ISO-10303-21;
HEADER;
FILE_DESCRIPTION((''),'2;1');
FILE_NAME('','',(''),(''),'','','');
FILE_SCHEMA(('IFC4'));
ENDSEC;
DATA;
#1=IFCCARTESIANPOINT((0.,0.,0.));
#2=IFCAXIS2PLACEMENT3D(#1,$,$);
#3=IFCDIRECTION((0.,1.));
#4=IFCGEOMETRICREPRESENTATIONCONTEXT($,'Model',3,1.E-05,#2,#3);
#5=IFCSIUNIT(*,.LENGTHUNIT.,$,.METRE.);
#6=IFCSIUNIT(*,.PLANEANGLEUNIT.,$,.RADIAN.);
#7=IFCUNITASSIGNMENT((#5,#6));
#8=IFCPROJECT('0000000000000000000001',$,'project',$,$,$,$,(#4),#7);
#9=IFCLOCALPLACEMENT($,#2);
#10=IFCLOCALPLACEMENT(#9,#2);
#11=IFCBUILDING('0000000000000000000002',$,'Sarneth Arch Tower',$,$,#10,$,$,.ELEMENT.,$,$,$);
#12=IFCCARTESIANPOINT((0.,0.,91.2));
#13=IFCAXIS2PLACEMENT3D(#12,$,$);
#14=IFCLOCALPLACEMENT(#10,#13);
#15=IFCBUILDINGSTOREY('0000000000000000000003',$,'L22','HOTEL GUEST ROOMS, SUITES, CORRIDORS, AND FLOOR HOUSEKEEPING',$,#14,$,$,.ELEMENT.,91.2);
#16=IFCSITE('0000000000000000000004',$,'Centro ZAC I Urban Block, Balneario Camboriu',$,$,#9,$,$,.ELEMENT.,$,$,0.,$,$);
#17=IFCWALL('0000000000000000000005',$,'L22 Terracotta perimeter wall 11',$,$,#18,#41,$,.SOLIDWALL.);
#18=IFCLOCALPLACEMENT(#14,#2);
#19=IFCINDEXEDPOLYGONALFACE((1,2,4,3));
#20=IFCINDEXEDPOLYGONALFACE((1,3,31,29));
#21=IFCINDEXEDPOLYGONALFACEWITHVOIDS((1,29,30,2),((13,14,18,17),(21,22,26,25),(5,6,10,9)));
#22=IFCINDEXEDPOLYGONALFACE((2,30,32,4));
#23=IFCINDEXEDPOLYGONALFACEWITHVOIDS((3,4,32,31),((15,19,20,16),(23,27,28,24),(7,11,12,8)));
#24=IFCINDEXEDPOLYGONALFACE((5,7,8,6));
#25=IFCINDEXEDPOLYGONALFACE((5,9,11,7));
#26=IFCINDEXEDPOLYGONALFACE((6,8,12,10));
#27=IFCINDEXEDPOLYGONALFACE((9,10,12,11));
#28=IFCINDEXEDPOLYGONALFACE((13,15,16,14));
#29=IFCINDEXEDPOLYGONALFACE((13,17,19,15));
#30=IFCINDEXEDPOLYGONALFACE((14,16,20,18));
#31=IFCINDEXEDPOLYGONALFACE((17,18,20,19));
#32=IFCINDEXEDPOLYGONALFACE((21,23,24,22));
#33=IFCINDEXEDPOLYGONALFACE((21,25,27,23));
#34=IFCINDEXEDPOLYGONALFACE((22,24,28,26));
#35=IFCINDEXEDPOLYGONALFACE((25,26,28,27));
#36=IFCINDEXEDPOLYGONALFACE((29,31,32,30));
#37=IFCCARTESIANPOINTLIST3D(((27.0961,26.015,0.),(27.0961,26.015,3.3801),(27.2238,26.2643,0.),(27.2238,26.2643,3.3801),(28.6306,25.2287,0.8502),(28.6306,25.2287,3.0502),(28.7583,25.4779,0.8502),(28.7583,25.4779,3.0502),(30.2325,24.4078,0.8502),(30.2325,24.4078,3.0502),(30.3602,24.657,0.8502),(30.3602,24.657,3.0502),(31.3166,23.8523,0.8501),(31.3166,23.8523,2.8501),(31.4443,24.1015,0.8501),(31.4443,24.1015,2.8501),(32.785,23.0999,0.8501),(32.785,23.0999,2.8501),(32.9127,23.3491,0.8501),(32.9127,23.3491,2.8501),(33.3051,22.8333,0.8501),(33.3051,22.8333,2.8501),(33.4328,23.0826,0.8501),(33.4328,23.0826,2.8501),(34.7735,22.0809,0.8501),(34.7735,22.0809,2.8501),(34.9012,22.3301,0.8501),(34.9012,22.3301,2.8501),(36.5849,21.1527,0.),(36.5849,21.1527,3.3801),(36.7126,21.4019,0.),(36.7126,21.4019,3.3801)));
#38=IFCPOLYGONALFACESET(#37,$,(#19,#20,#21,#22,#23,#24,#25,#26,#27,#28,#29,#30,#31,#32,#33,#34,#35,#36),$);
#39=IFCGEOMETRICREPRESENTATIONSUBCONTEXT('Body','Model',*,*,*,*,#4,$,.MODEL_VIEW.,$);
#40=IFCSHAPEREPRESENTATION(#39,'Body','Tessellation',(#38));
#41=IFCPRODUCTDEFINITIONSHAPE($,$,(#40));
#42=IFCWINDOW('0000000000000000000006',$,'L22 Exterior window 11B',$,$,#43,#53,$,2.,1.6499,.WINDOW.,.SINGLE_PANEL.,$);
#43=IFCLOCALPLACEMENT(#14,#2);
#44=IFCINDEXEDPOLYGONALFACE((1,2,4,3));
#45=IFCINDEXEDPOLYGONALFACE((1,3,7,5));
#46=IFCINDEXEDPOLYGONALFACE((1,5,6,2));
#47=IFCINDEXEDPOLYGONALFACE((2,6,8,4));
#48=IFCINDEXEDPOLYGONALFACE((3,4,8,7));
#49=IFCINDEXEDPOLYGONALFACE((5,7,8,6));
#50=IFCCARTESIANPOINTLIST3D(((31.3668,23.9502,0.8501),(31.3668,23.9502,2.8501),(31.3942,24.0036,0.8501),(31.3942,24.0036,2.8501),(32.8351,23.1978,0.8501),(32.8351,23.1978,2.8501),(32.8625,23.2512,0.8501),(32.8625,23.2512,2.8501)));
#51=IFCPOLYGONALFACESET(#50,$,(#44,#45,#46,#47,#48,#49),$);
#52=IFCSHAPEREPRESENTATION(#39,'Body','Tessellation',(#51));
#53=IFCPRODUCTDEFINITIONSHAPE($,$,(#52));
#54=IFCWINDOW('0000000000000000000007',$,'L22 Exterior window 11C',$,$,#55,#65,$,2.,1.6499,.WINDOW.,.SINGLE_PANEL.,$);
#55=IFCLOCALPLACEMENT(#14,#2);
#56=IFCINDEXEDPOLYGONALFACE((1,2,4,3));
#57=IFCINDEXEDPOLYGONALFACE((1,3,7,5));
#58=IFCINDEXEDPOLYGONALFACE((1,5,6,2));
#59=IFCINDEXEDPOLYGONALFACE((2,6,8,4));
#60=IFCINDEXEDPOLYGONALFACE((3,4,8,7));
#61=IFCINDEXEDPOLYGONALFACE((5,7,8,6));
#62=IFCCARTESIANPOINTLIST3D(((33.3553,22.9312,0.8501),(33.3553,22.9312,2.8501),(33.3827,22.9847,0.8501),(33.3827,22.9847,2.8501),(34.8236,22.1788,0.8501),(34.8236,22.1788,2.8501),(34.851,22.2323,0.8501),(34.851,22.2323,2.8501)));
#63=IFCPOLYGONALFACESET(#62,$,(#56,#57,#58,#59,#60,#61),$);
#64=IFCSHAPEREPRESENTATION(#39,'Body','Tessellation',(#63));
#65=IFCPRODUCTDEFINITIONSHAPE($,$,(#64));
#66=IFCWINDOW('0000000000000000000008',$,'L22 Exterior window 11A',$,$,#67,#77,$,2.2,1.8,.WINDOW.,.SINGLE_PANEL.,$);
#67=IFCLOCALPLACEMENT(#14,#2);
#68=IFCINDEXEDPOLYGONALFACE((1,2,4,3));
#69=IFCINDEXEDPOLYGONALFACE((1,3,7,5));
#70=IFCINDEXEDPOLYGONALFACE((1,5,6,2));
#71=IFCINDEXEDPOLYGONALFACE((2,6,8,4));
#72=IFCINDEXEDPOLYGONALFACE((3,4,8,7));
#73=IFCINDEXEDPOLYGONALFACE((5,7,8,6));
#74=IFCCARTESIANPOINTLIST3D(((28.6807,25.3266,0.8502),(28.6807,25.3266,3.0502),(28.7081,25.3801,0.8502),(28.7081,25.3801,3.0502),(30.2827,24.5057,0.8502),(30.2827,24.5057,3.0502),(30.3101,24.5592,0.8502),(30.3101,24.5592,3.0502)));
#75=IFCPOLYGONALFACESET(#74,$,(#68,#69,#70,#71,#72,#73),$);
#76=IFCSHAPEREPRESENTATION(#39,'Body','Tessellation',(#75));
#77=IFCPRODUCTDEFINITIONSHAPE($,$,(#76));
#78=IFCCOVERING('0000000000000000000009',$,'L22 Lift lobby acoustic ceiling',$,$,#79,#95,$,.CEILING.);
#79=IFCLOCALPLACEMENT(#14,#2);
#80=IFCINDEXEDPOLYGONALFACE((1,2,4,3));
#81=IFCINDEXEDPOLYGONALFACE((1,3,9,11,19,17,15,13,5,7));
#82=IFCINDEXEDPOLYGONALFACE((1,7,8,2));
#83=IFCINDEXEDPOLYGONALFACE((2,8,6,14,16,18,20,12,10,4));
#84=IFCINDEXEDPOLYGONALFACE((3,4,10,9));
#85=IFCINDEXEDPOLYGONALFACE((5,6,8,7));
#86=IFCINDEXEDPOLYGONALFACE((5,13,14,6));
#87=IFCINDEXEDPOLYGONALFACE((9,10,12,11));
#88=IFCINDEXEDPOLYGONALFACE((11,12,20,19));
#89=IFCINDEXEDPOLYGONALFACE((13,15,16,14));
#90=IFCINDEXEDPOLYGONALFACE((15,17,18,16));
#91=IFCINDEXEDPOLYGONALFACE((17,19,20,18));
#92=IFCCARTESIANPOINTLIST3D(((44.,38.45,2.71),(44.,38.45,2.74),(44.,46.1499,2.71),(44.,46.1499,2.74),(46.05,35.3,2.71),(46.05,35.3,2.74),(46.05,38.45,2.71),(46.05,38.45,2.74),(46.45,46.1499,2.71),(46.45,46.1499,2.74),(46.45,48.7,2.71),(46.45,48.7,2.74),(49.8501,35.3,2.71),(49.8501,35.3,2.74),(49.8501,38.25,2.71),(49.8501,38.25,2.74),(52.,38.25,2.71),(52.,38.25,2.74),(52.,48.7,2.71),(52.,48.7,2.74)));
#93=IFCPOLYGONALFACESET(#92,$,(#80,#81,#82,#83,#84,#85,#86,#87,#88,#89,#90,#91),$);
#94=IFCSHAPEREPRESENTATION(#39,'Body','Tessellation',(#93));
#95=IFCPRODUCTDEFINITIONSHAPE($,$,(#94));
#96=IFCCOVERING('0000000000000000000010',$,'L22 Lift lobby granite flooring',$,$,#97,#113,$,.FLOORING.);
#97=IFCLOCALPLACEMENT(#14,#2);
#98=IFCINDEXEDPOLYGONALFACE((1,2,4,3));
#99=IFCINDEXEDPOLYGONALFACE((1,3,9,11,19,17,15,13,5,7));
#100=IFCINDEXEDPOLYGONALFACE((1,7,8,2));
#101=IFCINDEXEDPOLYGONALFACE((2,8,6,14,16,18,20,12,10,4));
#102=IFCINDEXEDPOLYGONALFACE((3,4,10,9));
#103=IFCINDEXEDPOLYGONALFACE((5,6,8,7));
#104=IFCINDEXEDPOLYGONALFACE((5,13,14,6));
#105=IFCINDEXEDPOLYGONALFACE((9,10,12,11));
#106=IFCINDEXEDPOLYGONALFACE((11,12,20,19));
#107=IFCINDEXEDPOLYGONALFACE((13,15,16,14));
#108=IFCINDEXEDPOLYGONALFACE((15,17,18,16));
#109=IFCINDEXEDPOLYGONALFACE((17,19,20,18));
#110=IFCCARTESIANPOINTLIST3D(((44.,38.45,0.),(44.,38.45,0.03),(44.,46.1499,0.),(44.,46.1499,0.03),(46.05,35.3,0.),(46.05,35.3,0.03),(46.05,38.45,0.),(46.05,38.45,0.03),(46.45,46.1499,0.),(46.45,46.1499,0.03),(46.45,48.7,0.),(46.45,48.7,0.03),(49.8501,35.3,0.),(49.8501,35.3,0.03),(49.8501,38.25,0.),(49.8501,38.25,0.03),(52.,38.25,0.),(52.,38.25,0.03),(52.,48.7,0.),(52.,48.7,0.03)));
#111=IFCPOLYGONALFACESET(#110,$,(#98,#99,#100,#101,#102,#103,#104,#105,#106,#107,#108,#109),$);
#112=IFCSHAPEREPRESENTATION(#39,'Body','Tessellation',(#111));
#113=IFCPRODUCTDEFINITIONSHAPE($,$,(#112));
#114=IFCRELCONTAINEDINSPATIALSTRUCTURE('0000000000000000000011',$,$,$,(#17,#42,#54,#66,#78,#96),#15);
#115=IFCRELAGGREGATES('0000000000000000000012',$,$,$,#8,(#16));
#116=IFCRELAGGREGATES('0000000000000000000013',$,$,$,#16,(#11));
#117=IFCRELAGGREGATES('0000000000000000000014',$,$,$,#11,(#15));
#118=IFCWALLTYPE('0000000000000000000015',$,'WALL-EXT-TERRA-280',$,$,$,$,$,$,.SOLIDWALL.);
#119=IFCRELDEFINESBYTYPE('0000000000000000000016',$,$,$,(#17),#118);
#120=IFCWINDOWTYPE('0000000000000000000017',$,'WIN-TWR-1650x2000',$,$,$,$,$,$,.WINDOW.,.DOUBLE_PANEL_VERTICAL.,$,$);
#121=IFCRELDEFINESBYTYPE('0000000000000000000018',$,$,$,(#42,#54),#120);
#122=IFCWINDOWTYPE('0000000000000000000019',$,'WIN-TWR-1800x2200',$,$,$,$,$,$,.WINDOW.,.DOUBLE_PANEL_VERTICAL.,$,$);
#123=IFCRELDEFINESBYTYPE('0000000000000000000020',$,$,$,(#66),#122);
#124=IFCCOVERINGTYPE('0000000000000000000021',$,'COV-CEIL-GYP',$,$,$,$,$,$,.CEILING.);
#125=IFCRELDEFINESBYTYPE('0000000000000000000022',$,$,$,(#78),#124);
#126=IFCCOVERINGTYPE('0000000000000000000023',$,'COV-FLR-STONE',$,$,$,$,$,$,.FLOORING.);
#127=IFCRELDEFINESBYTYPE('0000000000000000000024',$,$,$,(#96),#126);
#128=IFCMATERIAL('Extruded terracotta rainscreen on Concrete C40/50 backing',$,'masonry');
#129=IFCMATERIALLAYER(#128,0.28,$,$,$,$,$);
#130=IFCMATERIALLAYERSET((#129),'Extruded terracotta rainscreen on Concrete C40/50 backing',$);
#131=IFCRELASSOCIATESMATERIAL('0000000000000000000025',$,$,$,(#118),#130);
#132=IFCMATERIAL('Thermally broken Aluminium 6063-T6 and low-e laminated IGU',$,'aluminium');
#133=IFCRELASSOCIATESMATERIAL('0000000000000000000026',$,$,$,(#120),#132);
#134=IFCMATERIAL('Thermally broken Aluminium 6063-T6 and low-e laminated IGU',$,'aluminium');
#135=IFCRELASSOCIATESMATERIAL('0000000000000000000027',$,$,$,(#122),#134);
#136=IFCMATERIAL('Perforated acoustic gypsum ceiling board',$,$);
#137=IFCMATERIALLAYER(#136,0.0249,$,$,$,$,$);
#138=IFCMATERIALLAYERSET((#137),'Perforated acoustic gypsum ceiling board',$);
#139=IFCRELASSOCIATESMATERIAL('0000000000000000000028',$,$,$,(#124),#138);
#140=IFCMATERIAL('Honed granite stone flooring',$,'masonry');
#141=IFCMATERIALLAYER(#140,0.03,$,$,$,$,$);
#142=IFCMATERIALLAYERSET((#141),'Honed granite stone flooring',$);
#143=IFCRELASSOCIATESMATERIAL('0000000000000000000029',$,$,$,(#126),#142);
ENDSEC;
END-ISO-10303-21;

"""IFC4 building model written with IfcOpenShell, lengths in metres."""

from ifc_helpers import new_model, si_unit, direction, frame, frame_2d, origin, place, context, subcontext, project, spatial, polyline, rectangle, outline, extrude, material, layer, layer_set, type_object, element, fill, save


model = new_model("IFC4")

# Units and contexts
model_context = context("Model", 3, precision=1e-05, world=origin(), true_north=direction((0.0, 1.0)))
body_context = subcontext(model_context, "Body", "Model", "MODEL_VIEW")
ifc_project = project(units=[si_unit("LENGTHUNIT", "METRE"), si_unit("PLANEANGLEUNIT", "RADIAN")], contexts=[model_context])

# Site, building, storey
site_placement = place(None, origin())
site = spatial("IfcSite", under=ifc_project, at=site_placement, Name="Centro ZAC I Urban Block, Balneario Camboriu", CompositionType="ELEMENT", RefElevation=0.0)
building_placement = place(site_placement, origin())
building = spatial("IfcBuilding", under=site, at=building_placement, Name="Sarneth Arch Tower", CompositionType="ELEMENT")
storey_placement = place(building_placement, frame((0.0, 0.0, 91.2)))
storey = spatial("IfcBuildingStorey", under=building, at=storey_placement, Name="L22", Description="HOTEL GUEST ROOMS, SUITES, CORRIDORS, AND FLOOR HOUSEKEEPING", CompositionType="ELEMENT", Elevation=91.2)

# Wall, openings, windows
ifc_material_1 = material(Name="Extruded terracotta rainscreen on Concrete C40/50 backing", Category="masonry")
ifc_layer_1 = layer(ifc_material_1, 0.28)
ifc_layer_set_1 = layer_set([ifc_layer_1], Name="Extruded terracotta rainscreen on Concrete C40/50 backing")
wall_type = type_object("IfcWallType", Name="WALL-EXT-TERRA-280", PredefinedType="SOLIDWALL", material=ifc_layer_set_1)
wall_placement = place(storey_placement, frame((27.1599, 26.1396, 0.0), z_axis=(0.0, 0.0, 1.0), x_axis=(0.88996, -0.45604, 0.0)))
wall = element("IfcWall", 1, at=wall_placement, inside=storey, type_object=wall_type, Name="L22 Terracotta perimeter wall 11", PredefinedType="SOLIDWALL", context=body_context, shape_type="SweptSolid", body=[
    extrude(rectangle(XDim=10.6621, YDim=0.28, at=frame_2d((5.3311, 0.0))), origin(), (0.0, 0.0, 1.0), 3.3801),
])
opening_1_placement = place(wall_placement, frame((1.7244, 0.0, 0.8501)))
opening_1 = element("IfcOpeningElement", 2, at=opening_1_placement, cuts=wall, PredefinedType="OPENING", context=body_context, shape_type="SweptSolid", body=[
    extrude(rectangle(XDim=1.8, YDim=2.2, at=frame_2d((0.8999, 1.1001))), frame((0.0, 0.1499, 0.0), z_axis=(0.0, -1.0, 0.0), x_axis=(1.0, 0.0, 0.0)), (0.0, 0.0, 1.0), 0.3),
])
opening_2_placement = place(wall_placement, frame((4.7424, 0.0, 0.8501)))
opening_2 = element("IfcOpeningElement", 3, at=opening_2_placement, cuts=wall, PredefinedType="OPENING", context=body_context, shape_type="SweptSolid", body=[
    extrude(rectangle(XDim=1.6499, YDim=2.0, at=frame_2d((0.825, 1.0))), frame((0.0, 0.1499, 0.0), z_axis=(0.0, -1.0, 0.0), x_axis=(1.0, 0.0, 0.0)), (0.0, 0.0, 1.0), 0.3),
])
opening_3_placement = place(wall_placement, frame((6.9768, 0.0, 0.8501)))
opening_3 = element("IfcOpeningElement", 4, at=opening_3_placement, cuts=wall, PredefinedType="OPENING", context=body_context, shape_type="SweptSolid", body=[
    extrude(rectangle(XDim=1.6499, YDim=2.0, at=frame_2d((0.825, 1.0))), frame((0.0, 0.1499, 0.0), z_axis=(0.0, -1.0, 0.0), x_axis=(1.0, 0.0, 0.0)), (0.0, 0.0, 1.0), 0.3),
])
ifc_material_2 = material(Name="Thermally broken Aluminium 6063-T6 and low-e laminated IGU", Category="aluminium")
window_type_1 = type_object("IfcWindowType", Name="WIN-TWR-1650x2000", PartitioningType="DOUBLE_PANEL_VERTICAL", PredefinedType="WINDOW", material=ifc_material_2)
window_1_placement = place(opening_2_placement, origin())
window_1 = element("IfcWindow", 5, at=window_1_placement, inside=storey, type_object=window_type_1, Name="L22 Exterior window 11B", OverallHeight=2.0, OverallWidth=1.6499, PartitioningType="SINGLE_PANEL", PredefinedType="WINDOW", context=body_context, shape_type="SweptSolid", body=[
    extrude(rectangle(XDim=1.6499, YDim=2.0, at=frame_2d((0.825, 1.0))), frame((0.0, 0.03, 0.0), z_axis=(0.0, -1.0, 0.0), x_axis=(1.0, 0.0, 0.0)), (0.0, 0.0, 1.0), 0.0601),
])
fill(opening_2, window_1)
window_2_placement = place(opening_3_placement, origin())
window_2 = element("IfcWindow", 6, at=window_2_placement, inside=storey, type_object=window_type_1, Name="L22 Exterior window 11C", OverallHeight=2.0, OverallWidth=1.6499, PartitioningType="SINGLE_PANEL", PredefinedType="WINDOW", context=body_context, shape_type="SweptSolid", body=[
    extrude(rectangle(XDim=1.6499, YDim=2.0, at=frame_2d((0.825, 1.0))), frame((0.0, 0.03, 0.0), z_axis=(0.0, -1.0, 0.0), x_axis=(1.0, 0.0, 0.0)), (0.0, 0.0, 1.0), 0.0601),
])
fill(opening_3, window_2)
ifc_material_3 = material(Name="Thermally broken Aluminium 6063-T6 and low-e laminated IGU", Category="aluminium")
window_type_2 = type_object("IfcWindowType", Name="WIN-TWR-1800x2200", PartitioningType="DOUBLE_PANEL_VERTICAL", PredefinedType="WINDOW", material=ifc_material_3)
window_3_placement = place(opening_1_placement, origin())
window_3 = element("IfcWindow", 7, at=window_3_placement, inside=storey, type_object=window_type_2, Name="L22 Exterior window 11A", OverallHeight=2.2, OverallWidth=1.8, PartitioningType="SINGLE_PANEL", PredefinedType="WINDOW", context=body_context, shape_type="SweptSolid", body=[
    extrude(rectangle(XDim=1.8, YDim=2.2, at=frame_2d((0.8999, 1.1001))), frame((0.0, 0.03, 0.0), z_axis=(0.0, -1.0, 0.0), x_axis=(1.0, 0.0, 0.0)), (0.0, 0.0, 1.0), 0.0601),
])
fill(opening_1, window_3)

# Coverings
ifc_material_4 = material(Name="Perforated acoustic gypsum ceiling board")
ifc_layer_2 = layer(ifc_material_4, 0.0249)
ifc_layer_set_2 = layer_set([ifc_layer_2], Name="Perforated acoustic gypsum ceiling board")
covering_type_1 = type_object("IfcCoveringType", Name="COV-CEIL-GYP", PredefinedType="CEILING", material=ifc_layer_set_2)
covering_1_placement = place(storey_placement, frame((0.0, 0.0, 2.71)))
element("IfcCovering", 8, at=covering_1_placement, inside=storey, type_object=covering_type_1, Name="L22 Lift lobby acoustic ceiling", PredefinedType="CEILING", context=body_context, shape_type="SweptSolid", body=[
    extrude(outline(polyline([(49.8501, 38.25), (49.8501, 35.3), (46.05, 35.3), (46.05, 38.45), (44.0, 38.45), (44.0, 46.1499), (46.45, 46.1499), (46.45, 48.7), (52.0, 48.7), (52.0, 38.25), (49.8501, 38.25)])), origin(), (0.0, 0.0, 1.0), 0.03),
])
ifc_material_5 = material(Name="Honed granite stone flooring", Category="masonry")
ifc_layer_3 = layer(ifc_material_5, 0.03)
ifc_layer_set_3 = layer_set([ifc_layer_3], Name="Honed granite stone flooring")
covering_type_2 = type_object("IfcCoveringType", Name="COV-FLR-STONE", PredefinedType="FLOORING", material=ifc_layer_set_3)
covering_2_placement = place(storey_placement, origin())
element("IfcCovering", 9, at=covering_2_placement, inside=storey, type_object=covering_type_2, Name="L22 Lift lobby granite flooring", PredefinedType="FLOORING", context=body_context, shape_type="SweptSolid", body=[
    extrude(outline(polyline([(49.8501, 38.25), (49.8501, 35.3), (46.05, 35.3), (46.05, 38.45), (44.0, 38.45), (44.0, 46.1499), (46.45, 46.1499), (46.45, 48.7), (52.0, 48.7), (52.0, 38.25), (49.8501, 38.25)])), origin(), (0.0, 0.0, 1.0), 0.03),
])

save(model, "model.ifc")
